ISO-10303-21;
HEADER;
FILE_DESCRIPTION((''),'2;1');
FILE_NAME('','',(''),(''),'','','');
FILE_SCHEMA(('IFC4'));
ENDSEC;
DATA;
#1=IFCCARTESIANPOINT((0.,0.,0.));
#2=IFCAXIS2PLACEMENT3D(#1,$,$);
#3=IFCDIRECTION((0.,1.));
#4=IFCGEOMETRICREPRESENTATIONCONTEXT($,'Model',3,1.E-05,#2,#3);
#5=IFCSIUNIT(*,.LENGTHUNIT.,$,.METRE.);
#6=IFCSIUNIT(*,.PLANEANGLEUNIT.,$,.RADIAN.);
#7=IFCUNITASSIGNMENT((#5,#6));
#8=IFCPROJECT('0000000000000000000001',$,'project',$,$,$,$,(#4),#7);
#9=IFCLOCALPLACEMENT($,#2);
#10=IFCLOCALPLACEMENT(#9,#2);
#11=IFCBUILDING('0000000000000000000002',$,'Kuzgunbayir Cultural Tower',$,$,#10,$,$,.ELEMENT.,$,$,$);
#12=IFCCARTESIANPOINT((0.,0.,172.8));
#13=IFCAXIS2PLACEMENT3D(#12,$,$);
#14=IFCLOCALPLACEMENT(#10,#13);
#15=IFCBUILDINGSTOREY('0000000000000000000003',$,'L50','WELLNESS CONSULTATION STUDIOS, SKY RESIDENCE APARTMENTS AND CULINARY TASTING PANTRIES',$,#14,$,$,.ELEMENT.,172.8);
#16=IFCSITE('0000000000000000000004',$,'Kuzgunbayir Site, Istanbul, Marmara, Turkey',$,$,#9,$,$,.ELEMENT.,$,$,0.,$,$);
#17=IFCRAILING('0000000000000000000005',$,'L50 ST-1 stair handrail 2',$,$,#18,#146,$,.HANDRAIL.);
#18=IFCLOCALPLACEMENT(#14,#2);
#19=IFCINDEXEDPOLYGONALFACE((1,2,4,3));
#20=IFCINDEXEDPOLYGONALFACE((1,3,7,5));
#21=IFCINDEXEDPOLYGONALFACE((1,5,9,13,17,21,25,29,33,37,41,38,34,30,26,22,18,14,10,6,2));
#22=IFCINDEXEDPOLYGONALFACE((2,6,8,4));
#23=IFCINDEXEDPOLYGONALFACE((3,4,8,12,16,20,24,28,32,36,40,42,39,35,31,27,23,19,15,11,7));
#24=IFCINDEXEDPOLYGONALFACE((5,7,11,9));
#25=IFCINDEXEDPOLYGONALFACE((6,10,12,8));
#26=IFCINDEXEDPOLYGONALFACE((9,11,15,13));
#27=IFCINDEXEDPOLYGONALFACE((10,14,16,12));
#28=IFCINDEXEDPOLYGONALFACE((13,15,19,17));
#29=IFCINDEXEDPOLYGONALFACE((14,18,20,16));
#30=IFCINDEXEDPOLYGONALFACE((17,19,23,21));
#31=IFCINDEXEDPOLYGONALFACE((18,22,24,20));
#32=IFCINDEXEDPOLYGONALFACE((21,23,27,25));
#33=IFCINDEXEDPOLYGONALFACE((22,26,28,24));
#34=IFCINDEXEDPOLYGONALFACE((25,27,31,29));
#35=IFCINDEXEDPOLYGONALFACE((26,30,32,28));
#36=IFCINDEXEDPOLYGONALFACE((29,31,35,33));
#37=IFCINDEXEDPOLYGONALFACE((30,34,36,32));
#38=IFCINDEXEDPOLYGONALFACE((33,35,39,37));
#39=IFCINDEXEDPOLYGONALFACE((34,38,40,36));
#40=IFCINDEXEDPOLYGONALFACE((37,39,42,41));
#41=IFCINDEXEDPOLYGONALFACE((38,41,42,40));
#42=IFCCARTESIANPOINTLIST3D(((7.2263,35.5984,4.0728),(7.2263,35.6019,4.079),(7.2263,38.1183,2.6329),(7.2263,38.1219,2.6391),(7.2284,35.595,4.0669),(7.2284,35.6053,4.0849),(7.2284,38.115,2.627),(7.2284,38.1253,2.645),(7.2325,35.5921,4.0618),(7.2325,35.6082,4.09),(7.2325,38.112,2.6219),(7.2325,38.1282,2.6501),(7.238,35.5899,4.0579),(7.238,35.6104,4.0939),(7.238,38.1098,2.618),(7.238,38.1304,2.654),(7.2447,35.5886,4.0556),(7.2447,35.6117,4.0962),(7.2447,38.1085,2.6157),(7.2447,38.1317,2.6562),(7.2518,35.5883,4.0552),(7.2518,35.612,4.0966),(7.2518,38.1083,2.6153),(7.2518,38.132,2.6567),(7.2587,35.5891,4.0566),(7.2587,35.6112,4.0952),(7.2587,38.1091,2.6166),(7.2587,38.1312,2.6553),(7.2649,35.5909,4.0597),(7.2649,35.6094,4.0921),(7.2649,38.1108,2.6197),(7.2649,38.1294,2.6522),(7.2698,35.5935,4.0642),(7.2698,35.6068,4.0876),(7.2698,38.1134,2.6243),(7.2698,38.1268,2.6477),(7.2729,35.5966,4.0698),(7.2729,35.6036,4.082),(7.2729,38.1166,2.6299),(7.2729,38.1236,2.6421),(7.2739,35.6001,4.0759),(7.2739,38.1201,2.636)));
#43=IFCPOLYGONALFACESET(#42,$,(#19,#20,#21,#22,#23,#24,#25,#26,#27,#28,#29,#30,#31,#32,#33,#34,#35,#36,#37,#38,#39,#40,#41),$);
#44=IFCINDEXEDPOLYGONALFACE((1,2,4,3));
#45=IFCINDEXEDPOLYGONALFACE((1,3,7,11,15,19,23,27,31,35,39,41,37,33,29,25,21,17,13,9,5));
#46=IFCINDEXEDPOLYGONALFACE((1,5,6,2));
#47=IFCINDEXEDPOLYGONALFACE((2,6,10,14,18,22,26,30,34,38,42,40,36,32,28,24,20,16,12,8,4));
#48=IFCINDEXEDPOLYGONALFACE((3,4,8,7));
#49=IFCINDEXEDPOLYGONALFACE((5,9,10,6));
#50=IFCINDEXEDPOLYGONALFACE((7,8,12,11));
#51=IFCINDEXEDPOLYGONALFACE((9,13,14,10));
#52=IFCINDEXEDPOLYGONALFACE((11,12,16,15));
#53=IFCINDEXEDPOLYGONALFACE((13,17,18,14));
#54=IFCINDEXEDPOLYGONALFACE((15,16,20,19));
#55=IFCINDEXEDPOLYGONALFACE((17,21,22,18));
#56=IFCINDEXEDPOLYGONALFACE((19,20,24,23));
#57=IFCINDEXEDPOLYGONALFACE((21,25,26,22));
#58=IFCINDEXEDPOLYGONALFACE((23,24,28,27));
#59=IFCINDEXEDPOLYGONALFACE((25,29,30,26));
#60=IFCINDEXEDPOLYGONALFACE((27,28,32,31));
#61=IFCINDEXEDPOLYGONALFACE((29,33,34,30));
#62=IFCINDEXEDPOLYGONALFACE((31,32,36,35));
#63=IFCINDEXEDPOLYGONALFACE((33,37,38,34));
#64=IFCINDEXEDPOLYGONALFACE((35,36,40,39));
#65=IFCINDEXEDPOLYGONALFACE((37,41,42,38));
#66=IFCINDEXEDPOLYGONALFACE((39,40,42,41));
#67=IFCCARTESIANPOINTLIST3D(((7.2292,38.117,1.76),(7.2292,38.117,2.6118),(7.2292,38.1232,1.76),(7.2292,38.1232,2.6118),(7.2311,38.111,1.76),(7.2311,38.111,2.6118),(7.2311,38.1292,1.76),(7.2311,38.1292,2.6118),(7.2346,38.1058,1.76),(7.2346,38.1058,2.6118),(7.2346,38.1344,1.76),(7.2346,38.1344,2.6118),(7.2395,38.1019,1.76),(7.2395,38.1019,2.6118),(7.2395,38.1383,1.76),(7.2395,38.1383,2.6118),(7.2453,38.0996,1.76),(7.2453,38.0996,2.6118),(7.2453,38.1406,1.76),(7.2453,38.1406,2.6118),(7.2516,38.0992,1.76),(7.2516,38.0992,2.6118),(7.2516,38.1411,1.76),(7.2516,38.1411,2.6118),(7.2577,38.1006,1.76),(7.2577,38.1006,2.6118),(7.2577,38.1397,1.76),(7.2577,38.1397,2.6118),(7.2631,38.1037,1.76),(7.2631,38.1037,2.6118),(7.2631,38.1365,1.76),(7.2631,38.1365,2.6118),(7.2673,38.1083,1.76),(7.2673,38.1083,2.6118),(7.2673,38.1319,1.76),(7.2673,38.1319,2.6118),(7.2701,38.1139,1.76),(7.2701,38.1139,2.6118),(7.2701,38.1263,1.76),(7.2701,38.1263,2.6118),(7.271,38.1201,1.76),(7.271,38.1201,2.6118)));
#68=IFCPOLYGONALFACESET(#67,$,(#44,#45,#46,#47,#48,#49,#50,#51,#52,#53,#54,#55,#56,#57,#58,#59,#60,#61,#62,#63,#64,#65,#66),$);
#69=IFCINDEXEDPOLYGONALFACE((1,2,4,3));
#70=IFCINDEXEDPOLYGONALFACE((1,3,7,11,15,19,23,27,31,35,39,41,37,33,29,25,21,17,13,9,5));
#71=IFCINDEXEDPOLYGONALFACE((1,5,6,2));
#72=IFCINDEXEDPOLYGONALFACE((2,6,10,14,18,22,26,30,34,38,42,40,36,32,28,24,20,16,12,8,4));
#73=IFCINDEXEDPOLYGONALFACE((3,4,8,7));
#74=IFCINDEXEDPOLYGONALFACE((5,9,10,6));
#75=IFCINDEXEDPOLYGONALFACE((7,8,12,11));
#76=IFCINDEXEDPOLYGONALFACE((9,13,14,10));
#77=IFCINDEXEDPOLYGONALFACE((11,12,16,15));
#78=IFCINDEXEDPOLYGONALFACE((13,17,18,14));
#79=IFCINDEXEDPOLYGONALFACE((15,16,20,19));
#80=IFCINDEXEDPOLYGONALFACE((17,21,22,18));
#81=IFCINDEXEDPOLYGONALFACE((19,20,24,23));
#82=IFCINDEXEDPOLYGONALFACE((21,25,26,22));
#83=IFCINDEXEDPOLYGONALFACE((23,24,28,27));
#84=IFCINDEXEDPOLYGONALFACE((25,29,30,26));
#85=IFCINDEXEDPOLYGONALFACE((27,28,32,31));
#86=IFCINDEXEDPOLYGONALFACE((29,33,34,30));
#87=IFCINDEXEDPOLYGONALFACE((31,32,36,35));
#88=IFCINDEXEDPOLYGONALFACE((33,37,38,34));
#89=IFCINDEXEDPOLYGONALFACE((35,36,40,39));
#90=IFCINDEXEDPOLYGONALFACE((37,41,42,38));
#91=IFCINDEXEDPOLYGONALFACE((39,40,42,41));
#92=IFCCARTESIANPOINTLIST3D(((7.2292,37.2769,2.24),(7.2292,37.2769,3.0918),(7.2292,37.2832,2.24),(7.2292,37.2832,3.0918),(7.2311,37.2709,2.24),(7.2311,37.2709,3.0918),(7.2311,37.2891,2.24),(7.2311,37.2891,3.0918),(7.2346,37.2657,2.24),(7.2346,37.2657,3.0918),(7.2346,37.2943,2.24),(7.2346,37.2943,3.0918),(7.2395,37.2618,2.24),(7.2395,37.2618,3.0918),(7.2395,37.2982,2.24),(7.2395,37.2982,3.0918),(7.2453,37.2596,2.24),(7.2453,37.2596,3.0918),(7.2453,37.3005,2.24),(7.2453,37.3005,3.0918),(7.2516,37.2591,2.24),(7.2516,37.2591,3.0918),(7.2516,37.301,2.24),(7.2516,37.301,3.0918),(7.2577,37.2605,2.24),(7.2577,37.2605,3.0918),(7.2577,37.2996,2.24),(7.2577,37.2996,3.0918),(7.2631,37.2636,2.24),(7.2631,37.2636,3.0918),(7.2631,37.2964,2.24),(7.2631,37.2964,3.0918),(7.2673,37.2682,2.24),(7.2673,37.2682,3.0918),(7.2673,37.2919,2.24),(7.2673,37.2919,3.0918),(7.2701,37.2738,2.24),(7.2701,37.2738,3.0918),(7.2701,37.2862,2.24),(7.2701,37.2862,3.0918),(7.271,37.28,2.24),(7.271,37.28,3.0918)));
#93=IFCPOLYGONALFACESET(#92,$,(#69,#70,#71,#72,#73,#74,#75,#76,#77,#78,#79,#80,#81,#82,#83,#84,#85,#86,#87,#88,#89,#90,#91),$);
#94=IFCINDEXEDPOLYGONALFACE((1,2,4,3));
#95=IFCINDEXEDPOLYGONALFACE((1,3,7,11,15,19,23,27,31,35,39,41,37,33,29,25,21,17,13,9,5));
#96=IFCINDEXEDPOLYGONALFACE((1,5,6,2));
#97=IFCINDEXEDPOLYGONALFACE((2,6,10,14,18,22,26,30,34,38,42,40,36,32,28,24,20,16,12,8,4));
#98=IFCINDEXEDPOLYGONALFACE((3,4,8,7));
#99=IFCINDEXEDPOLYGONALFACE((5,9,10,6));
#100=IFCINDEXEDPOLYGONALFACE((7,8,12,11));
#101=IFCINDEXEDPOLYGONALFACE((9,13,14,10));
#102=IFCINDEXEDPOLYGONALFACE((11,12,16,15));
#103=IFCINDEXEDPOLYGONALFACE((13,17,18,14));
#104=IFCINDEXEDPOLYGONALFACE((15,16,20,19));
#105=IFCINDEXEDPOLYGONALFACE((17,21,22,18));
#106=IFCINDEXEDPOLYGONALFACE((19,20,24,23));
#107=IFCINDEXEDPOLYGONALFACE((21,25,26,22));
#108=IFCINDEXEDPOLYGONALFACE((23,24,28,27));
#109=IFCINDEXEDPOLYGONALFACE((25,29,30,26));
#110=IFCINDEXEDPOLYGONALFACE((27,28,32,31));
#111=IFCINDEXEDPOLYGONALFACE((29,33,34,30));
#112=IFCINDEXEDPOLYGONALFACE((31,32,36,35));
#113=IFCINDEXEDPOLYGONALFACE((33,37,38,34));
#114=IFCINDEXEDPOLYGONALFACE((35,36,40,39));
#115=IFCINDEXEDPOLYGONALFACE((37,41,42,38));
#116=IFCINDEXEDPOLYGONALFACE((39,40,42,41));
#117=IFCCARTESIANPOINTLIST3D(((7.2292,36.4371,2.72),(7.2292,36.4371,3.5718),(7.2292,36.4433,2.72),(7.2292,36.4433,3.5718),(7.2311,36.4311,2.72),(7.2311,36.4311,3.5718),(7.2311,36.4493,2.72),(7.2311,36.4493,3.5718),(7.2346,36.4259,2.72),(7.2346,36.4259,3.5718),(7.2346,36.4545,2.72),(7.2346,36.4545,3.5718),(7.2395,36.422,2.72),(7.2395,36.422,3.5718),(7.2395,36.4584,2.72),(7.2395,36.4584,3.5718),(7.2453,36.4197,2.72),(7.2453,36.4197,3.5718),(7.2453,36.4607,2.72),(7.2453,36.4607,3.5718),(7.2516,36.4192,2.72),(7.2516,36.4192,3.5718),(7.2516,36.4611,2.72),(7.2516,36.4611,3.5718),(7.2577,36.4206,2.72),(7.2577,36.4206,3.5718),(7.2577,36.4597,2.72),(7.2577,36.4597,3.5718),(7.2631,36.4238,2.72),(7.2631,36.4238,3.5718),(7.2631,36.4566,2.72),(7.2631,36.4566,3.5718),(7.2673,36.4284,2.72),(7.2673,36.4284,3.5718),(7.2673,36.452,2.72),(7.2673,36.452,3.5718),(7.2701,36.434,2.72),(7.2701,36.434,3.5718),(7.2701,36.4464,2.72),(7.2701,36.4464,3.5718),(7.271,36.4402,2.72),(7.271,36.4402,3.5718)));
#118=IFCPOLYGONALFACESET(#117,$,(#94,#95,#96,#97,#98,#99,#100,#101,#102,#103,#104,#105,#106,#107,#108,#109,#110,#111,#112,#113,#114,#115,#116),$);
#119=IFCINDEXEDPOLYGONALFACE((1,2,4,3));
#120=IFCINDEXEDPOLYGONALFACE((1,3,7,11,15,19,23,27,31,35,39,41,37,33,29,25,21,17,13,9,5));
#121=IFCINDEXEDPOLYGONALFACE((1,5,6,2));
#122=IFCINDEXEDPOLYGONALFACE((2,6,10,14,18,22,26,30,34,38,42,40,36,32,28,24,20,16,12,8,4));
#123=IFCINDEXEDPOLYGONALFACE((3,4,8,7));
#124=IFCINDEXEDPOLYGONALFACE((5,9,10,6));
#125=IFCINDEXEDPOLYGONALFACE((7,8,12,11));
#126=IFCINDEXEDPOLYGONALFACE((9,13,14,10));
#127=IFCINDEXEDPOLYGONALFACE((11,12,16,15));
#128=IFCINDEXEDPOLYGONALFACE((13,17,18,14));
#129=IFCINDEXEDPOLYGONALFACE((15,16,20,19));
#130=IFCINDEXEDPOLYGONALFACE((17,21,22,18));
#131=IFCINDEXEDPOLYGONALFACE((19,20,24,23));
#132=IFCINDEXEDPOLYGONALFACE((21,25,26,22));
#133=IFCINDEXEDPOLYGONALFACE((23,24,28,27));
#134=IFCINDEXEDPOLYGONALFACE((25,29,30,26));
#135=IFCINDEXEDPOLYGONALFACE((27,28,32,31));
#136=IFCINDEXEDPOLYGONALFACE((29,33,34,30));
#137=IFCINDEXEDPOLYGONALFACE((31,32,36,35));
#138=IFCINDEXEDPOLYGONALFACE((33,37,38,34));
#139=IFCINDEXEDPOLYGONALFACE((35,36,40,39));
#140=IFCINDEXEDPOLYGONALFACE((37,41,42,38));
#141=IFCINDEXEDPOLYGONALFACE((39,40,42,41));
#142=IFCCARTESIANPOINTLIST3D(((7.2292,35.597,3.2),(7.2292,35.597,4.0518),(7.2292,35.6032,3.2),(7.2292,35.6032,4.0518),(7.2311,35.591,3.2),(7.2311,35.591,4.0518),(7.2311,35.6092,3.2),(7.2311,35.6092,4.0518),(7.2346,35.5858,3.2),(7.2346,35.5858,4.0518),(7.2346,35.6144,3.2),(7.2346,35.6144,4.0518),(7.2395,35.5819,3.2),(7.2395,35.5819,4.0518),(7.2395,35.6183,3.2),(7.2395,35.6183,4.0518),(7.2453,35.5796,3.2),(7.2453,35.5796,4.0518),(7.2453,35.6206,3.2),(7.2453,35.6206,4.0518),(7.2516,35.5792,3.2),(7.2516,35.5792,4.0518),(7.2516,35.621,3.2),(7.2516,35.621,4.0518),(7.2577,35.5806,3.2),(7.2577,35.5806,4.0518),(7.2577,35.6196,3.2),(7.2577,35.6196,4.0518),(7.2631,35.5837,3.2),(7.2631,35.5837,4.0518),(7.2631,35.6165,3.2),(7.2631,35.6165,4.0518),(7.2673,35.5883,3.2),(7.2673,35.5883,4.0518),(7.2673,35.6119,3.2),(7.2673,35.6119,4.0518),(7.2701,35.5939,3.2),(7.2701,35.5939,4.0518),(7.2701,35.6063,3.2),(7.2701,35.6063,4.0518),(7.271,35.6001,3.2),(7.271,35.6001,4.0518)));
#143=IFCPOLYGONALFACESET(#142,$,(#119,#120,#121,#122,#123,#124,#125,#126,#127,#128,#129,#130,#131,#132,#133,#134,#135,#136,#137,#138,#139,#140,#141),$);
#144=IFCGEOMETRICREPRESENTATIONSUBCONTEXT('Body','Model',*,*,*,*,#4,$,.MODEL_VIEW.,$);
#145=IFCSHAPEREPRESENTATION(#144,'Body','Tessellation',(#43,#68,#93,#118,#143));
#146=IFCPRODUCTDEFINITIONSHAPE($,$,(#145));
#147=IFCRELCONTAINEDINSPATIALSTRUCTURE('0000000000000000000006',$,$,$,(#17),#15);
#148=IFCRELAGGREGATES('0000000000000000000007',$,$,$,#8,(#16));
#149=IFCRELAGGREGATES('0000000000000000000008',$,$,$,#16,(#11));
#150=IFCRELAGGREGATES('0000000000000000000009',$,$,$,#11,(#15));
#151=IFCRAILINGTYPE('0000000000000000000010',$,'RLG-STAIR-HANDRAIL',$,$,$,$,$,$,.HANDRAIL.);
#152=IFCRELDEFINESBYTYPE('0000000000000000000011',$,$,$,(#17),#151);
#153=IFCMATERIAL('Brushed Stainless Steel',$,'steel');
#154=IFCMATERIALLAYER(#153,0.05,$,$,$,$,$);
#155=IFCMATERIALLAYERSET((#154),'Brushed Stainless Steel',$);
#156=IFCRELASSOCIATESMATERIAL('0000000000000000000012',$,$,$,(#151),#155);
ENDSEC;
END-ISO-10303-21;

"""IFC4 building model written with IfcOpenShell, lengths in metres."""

from ifc_helpers import new_model, si_unit, direction, frame, origin, origin_2d, place, context, subcontext, project, spatial, circle, extrude, material, layer, layer_set, type_object, element, save


model = new_model("IFC4")

# Units and contexts
model_context = context("Model", 3, precision=1e-05, world=origin(), true_north=direction((0.0, 1.0)))
body_context = subcontext(model_context, "Body", "Model", "MODEL_VIEW")
ifc_project = project(units=[si_unit("LENGTHUNIT", "METRE"), si_unit("PLANEANGLEUNIT", "RADIAN")], contexts=[model_context])

# Site, building, storey
site_placement = place(None, origin())
site = spatial("IfcSite", under=ifc_project, at=site_placement, Name="Kuzgunbayir Site, Istanbul, Marmara, Turkey", CompositionType="ELEMENT", RefElevation=0.0)
building_placement = place(site_placement, origin())
building = spatial("IfcBuilding", under=site, at=building_placement, Name="Kuzgunbayir Cultural Tower", CompositionType="ELEMENT")
storey_placement = place(building_placement, frame((0.0, 0.0, 172.8)))
storey = spatial("IfcBuildingStorey", under=building, at=storey_placement, Name="L50", Description="WELLNESS CONSULTATION STUDIOS, SKY RESIDENCE APARTMENTS AND CULINARY TASTING PANTRIES", CompositionType="ELEMENT", Elevation=172.8)

# Railing
ifc_material_1 = material(Name="Brushed Stainless Steel", Category="steel")
ifc_layer_1 = layer(ifc_material_1, 0.05)
ifc_layer_set_1 = layer_set([ifc_layer_1], Name="Brushed Stainless Steel")
railing_type_1 = type_object("IfcRailingType", Name="RLG-STAIR-HANDRAIL", PredefinedType="HANDRAIL", material=ifc_layer_set_1)
railing_1_placement = place(storey_placement, frame((7.25, 38.1201, 1.76)))
element("IfcRailing", 1, at=railing_1_placement, inside=storey, type_object=railing_type_1, Name="L50 ST-1 stair handrail 2", PredefinedType="HANDRAIL", context=body_context, shape_type="SweptSolid", body=[
    extrude(circle(Radius=0.0239, at=origin_2d()), frame((0.0, 0.0, 0.876), z_axis=(0.0, -0.868253, 0.496121), x_axis=(1.0, 0.0, 0.0)), (0.0, 0.0, 1.0), 2.9023),
    extrude(circle(Radius=0.021, at=origin_2d()), origin(), (0.0, 0.0, 1.0), 0.8518),
    extrude(circle(Radius=0.021, at=origin_2d()), frame((0.0, -0.8401, 0.48)), (0.0, 0.0, 1.0), 0.8518),
    extrude(circle(Radius=0.021, at=origin_2d()), frame((0.0, -1.6799, 0.96)), (0.0, 0.0, 1.0), 0.8518),
    extrude(circle(Radius=0.021, at=origin_2d()), frame((0.0, -2.52, 1.4399)), (0.0, 0.0, 1.0), 0.8518),
])

save(model, "model.ifc")
